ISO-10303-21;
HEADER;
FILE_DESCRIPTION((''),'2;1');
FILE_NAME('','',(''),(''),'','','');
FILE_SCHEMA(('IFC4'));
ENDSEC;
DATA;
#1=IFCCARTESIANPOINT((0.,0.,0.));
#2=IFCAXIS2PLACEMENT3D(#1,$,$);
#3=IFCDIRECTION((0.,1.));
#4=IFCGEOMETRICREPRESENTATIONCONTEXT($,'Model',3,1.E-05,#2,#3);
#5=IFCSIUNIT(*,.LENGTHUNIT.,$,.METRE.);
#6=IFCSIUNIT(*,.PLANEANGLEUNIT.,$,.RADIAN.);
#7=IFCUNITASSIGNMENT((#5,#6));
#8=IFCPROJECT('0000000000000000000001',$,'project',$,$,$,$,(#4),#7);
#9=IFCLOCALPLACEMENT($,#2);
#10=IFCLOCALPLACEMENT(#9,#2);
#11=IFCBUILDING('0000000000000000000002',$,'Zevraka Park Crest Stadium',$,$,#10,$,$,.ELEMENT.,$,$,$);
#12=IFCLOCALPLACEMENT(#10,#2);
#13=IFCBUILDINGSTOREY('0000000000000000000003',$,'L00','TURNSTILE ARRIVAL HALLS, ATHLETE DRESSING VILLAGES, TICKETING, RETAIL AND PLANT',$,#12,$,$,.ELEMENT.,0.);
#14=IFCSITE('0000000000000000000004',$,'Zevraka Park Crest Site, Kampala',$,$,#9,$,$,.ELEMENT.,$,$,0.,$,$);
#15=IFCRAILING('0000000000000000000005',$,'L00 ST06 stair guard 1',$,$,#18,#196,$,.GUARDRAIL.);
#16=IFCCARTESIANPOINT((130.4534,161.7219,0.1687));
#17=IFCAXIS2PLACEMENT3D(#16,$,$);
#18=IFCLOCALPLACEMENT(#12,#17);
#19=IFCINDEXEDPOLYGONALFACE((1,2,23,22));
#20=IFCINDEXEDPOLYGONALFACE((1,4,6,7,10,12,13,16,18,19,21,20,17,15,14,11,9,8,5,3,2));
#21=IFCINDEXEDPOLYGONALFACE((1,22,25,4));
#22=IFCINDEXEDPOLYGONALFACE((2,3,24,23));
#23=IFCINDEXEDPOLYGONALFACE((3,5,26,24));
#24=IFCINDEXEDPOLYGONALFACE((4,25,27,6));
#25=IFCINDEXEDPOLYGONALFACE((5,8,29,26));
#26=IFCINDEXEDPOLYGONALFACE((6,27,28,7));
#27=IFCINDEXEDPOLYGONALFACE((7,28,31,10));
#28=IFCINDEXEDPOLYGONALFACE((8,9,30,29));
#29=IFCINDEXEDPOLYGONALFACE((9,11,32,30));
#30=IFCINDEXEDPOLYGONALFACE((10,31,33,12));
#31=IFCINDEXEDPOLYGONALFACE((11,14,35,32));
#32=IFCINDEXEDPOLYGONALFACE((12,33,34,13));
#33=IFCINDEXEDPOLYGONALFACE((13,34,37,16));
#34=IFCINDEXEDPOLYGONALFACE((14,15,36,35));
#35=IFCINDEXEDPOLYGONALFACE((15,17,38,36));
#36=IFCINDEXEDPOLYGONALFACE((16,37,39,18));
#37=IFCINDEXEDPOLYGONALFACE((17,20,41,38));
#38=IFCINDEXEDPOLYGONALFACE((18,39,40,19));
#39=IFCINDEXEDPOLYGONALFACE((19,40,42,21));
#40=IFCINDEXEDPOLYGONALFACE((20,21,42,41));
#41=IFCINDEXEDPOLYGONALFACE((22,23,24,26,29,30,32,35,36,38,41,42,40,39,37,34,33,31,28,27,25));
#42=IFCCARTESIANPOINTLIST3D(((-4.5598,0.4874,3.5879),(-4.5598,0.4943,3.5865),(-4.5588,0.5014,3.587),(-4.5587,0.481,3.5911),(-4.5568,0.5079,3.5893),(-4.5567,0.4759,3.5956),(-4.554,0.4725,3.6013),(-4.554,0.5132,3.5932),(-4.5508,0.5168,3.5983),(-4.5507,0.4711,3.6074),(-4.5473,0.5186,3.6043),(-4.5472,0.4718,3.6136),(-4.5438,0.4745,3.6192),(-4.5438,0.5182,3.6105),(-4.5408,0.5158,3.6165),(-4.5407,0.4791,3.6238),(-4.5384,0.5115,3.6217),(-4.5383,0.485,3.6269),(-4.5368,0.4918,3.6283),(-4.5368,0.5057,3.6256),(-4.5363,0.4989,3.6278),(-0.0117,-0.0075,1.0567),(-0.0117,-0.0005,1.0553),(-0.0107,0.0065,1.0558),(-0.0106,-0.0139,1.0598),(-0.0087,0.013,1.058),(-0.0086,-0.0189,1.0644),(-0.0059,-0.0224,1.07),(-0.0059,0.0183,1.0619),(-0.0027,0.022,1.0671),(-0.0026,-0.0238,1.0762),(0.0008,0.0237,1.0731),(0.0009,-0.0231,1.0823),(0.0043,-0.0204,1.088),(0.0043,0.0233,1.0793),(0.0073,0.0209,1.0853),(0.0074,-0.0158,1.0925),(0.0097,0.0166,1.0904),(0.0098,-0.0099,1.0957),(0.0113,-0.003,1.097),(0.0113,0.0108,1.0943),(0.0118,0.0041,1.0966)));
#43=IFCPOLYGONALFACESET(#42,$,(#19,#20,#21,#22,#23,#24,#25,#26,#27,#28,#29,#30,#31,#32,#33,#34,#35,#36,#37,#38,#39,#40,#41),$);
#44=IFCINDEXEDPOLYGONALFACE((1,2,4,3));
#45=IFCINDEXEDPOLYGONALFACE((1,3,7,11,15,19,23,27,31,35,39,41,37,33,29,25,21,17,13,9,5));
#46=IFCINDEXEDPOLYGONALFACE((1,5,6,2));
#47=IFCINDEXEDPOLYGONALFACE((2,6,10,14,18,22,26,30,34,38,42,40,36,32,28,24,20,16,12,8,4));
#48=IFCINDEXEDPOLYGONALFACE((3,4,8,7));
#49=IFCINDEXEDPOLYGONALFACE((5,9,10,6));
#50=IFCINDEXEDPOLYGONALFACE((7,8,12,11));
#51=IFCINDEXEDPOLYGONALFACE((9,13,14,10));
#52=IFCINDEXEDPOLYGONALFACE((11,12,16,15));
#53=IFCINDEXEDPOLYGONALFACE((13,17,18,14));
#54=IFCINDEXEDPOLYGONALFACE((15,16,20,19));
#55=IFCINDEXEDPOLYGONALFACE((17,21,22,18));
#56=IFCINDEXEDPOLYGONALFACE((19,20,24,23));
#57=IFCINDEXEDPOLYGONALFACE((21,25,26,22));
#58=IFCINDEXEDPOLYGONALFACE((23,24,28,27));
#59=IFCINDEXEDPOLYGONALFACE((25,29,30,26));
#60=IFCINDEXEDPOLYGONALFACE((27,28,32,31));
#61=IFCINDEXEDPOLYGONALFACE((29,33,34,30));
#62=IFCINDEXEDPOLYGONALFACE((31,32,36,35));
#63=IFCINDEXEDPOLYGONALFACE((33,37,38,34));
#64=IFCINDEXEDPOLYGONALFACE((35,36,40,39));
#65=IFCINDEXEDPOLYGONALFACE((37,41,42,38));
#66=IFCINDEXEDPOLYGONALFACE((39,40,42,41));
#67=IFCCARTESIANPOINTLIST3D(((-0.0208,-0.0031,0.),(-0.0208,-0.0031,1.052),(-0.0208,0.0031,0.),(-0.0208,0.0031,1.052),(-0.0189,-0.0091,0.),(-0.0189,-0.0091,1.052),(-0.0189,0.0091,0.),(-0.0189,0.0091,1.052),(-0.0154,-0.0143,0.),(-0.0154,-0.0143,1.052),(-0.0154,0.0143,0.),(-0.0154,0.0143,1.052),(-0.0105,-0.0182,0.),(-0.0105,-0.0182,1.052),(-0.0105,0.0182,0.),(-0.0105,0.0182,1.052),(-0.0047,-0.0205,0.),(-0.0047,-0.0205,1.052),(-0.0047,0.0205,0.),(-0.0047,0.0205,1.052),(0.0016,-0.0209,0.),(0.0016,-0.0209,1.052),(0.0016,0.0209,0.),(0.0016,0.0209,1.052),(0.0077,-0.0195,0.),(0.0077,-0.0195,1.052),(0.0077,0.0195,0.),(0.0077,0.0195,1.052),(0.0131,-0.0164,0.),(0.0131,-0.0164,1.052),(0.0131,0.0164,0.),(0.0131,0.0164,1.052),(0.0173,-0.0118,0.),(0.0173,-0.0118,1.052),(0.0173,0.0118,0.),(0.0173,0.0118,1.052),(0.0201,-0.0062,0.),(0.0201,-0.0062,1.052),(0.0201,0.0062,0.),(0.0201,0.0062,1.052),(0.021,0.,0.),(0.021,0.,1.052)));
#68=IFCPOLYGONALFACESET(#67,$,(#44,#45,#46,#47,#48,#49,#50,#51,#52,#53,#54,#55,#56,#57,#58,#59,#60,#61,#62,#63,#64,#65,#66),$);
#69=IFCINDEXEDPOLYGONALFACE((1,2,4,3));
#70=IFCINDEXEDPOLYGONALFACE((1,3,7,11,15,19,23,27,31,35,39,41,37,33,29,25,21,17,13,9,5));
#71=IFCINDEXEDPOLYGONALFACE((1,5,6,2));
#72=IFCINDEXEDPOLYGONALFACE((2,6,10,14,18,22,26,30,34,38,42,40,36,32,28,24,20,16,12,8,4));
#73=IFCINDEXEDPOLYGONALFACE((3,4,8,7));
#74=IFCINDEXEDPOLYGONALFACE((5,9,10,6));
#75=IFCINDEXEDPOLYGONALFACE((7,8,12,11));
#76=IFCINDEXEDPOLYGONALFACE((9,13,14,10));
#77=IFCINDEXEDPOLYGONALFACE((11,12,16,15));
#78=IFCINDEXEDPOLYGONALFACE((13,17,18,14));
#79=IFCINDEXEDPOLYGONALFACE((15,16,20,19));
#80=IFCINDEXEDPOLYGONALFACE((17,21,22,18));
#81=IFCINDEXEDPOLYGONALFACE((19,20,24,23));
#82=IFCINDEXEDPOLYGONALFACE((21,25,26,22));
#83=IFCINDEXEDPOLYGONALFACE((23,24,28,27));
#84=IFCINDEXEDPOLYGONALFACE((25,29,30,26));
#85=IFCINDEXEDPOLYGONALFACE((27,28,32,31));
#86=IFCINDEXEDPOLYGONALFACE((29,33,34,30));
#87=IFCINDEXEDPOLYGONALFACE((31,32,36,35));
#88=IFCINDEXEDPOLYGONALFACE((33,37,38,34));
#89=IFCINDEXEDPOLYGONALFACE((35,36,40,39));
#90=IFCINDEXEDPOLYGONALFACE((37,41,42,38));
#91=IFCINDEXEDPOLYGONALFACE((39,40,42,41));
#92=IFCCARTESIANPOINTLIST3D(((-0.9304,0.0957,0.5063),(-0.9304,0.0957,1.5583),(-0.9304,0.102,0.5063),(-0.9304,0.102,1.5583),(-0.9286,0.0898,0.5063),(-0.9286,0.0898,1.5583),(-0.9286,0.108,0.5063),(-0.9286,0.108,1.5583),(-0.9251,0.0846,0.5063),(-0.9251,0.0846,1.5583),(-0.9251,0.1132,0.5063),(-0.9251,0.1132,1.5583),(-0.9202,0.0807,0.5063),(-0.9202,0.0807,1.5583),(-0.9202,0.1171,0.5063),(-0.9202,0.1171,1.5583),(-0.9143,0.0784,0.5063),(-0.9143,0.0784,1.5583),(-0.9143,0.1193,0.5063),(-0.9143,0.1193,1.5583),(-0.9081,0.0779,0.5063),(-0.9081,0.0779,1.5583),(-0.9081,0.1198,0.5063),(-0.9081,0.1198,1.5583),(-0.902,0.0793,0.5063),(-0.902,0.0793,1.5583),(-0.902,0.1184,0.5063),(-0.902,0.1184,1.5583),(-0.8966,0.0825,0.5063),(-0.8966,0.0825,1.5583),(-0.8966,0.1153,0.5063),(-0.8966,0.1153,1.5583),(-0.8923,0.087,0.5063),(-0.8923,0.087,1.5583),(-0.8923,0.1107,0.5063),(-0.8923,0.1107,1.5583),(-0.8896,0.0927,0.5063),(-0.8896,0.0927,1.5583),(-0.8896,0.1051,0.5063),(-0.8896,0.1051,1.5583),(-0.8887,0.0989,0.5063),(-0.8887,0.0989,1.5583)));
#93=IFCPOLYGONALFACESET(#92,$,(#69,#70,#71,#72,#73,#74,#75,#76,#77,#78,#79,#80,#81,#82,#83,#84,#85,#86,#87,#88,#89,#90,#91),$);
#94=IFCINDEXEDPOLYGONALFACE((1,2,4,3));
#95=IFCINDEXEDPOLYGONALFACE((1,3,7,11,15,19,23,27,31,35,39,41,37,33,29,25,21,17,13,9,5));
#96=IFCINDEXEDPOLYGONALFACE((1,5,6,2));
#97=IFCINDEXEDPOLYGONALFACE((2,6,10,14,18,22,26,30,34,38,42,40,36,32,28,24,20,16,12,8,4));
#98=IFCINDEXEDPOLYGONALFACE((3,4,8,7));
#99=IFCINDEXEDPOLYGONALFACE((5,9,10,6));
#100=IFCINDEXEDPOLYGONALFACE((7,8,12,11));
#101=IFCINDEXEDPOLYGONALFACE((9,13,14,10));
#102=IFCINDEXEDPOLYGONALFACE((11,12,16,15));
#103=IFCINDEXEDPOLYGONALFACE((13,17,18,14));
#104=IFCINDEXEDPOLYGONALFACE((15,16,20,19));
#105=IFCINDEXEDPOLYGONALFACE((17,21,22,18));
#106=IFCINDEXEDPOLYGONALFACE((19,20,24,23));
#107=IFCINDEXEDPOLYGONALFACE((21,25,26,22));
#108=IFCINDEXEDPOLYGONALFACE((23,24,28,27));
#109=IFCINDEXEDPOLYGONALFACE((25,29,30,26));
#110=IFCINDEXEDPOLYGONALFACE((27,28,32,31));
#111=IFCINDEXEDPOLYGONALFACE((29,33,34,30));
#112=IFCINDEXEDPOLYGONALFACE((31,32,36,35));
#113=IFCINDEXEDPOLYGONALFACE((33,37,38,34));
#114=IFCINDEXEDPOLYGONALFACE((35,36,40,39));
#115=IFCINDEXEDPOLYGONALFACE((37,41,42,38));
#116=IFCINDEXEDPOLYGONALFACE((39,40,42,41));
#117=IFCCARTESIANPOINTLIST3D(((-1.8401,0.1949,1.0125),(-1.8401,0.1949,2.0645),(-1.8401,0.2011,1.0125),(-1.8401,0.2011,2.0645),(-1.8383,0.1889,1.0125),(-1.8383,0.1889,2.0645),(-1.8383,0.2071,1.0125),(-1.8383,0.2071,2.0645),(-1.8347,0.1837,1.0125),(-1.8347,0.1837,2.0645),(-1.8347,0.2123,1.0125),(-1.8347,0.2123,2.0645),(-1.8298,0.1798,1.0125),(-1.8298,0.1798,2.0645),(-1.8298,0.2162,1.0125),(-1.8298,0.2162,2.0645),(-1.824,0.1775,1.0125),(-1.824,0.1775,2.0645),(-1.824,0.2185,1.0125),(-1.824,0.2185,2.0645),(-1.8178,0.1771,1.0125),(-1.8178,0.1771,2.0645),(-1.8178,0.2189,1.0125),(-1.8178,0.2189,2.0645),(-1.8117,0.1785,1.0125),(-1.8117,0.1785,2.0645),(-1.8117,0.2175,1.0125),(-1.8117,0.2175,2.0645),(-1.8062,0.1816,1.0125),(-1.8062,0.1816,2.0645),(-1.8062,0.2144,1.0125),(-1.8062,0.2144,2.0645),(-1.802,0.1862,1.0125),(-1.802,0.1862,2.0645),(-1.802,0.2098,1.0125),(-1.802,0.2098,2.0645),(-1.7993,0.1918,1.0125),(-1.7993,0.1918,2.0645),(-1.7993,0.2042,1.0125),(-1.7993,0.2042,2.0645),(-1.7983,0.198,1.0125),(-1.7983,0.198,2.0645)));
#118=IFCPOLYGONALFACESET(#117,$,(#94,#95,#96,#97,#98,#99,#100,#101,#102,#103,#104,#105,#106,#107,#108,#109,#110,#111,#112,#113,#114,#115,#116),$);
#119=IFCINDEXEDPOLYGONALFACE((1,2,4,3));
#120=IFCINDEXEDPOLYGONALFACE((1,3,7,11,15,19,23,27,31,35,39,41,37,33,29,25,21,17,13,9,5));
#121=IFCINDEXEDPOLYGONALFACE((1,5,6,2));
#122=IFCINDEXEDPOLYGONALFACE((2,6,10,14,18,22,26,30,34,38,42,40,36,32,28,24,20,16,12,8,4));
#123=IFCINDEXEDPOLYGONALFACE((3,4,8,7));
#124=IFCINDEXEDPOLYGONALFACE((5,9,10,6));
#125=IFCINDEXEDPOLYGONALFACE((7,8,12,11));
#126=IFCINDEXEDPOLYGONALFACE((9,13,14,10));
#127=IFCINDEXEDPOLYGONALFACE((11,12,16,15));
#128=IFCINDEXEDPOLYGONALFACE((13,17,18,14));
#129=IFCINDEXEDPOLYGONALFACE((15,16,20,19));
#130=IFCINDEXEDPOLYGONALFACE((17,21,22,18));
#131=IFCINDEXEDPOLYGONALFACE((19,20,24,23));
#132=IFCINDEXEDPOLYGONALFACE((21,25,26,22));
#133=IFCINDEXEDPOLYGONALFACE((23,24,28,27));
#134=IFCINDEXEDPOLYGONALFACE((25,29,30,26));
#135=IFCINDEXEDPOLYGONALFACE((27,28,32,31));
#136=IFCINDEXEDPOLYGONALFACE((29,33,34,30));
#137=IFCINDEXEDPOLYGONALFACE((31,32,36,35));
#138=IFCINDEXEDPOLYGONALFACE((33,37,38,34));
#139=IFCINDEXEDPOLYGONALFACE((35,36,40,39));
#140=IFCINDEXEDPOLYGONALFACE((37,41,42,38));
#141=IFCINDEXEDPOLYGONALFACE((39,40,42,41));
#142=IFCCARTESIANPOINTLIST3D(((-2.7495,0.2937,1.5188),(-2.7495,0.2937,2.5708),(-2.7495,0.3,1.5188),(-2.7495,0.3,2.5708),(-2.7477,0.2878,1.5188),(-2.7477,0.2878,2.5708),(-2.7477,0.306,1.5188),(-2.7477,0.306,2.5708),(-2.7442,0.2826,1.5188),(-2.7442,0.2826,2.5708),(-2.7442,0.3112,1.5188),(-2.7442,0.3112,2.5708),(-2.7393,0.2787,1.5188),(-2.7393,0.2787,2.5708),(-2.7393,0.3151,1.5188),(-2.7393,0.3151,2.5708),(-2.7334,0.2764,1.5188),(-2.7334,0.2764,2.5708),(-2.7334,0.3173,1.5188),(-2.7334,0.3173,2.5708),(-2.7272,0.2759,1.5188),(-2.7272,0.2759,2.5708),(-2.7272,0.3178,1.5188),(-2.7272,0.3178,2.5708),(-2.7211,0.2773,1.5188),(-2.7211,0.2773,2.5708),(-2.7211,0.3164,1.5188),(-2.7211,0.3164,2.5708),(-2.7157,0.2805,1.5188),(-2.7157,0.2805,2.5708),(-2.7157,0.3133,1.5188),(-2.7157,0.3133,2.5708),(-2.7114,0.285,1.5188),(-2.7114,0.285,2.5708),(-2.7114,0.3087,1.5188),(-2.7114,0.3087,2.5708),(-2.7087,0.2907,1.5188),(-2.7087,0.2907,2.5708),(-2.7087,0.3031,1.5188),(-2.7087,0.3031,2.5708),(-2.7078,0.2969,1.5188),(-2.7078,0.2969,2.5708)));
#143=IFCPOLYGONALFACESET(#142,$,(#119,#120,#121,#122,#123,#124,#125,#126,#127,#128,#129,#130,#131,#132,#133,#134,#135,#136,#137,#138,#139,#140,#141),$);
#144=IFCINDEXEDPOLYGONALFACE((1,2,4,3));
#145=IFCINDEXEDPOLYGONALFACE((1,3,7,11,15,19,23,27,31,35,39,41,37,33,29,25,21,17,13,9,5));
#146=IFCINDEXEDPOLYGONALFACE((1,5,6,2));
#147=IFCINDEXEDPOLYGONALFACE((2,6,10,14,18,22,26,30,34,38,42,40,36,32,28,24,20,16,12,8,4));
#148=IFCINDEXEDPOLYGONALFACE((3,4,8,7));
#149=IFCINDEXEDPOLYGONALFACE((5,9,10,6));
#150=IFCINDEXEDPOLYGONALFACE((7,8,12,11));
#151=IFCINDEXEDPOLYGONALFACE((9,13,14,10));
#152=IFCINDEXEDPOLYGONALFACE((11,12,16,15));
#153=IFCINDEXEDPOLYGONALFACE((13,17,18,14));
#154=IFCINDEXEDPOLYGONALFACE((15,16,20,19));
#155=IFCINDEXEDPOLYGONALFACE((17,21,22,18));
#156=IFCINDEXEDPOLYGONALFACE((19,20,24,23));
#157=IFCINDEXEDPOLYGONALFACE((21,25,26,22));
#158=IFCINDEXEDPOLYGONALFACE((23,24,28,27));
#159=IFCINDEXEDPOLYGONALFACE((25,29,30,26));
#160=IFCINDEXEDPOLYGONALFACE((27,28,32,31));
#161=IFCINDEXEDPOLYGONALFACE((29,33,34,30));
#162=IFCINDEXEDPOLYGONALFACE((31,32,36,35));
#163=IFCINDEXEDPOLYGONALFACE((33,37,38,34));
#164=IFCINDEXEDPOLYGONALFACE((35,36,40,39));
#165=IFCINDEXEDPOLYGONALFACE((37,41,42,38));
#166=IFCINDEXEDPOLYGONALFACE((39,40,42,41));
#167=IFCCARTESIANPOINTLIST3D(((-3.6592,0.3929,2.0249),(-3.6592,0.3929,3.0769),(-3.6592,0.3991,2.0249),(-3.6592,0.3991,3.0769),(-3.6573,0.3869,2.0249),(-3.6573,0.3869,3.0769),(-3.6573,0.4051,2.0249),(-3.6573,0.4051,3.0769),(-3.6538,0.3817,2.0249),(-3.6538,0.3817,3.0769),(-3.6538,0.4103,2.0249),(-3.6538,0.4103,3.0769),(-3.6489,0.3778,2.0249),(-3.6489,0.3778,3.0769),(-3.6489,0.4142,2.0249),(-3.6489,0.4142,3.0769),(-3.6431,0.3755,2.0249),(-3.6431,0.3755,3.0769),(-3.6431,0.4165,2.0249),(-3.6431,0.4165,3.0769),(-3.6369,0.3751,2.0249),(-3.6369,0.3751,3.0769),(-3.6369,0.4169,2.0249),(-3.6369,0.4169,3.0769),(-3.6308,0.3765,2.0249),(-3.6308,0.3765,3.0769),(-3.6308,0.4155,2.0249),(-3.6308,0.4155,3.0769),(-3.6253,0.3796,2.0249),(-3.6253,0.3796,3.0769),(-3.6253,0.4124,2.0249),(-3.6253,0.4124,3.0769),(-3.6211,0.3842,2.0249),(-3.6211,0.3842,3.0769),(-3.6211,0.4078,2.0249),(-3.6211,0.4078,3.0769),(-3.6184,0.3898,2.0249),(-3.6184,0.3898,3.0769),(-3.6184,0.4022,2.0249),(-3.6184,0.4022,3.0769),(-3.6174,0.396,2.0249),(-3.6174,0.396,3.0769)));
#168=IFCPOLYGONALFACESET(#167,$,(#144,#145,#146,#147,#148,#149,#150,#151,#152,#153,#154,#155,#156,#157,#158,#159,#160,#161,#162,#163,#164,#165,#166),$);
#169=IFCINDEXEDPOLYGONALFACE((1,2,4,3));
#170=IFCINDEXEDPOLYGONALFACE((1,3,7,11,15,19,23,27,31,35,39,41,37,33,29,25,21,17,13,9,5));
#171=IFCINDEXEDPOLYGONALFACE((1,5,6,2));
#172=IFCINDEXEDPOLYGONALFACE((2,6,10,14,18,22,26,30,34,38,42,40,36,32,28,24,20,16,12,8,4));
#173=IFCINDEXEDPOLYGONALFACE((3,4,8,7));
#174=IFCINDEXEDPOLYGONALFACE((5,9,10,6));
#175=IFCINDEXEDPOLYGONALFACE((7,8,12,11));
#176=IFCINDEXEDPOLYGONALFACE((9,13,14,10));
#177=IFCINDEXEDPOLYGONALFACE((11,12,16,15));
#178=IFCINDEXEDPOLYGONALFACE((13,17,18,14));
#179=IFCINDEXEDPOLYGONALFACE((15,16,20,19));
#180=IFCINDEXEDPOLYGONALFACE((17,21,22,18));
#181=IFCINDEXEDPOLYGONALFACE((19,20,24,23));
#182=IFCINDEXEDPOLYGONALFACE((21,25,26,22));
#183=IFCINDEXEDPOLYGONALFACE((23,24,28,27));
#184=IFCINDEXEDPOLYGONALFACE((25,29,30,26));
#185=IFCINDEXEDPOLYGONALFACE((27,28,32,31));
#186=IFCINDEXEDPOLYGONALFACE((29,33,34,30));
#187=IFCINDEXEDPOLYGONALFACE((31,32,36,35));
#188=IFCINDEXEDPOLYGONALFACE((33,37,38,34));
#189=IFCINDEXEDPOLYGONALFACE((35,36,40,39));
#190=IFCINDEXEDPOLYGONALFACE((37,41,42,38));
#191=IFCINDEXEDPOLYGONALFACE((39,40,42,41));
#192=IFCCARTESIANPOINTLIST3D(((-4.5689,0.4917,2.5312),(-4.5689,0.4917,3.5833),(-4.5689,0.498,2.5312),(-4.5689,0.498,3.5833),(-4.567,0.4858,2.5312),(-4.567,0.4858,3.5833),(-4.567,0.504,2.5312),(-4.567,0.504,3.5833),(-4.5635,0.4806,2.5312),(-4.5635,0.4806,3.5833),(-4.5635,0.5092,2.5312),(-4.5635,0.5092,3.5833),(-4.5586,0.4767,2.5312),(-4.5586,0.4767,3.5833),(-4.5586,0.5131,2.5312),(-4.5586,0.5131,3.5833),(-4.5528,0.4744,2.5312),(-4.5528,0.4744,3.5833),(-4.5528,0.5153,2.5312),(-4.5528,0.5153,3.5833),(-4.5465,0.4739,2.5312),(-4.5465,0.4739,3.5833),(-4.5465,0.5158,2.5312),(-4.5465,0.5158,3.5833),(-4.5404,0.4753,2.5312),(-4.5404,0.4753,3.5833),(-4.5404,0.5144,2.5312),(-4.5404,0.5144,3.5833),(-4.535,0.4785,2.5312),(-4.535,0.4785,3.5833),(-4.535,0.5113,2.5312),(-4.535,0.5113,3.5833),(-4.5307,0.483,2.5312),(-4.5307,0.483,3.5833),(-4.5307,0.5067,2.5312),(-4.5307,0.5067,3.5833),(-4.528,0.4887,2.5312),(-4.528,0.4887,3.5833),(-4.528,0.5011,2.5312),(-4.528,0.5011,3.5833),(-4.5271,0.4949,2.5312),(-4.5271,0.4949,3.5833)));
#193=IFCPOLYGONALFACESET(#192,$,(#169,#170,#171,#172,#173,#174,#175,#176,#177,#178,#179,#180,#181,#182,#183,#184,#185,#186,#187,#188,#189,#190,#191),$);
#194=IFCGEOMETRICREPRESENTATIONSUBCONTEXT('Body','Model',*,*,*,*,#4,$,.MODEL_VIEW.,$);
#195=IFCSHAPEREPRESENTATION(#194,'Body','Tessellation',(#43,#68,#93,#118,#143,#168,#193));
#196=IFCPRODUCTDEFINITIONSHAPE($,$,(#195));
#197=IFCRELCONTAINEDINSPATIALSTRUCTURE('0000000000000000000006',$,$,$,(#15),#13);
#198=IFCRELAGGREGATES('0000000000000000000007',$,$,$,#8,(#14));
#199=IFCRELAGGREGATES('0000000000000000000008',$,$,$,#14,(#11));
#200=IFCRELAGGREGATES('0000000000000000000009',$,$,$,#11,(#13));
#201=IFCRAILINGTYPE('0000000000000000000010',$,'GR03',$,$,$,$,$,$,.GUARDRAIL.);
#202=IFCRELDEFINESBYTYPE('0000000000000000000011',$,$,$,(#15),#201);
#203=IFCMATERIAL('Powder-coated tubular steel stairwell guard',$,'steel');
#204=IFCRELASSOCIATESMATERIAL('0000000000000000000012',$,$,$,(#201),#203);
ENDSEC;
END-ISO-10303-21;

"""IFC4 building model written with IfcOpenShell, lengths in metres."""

from ifc_helpers import new_model, si_unit, direction, frame, origin, origin_2d, place, context, subcontext, project, spatial, circle, extrude, material, type_object, element, save


model = new_model("IFC4")

# Units and contexts
model_context = context("Model", 3, precision=1e-05, world=origin(), true_north=direction((0.0, 1.0)))
body_context = subcontext(model_context, "Body", "Model", "MODEL_VIEW")
ifc_project = project(units=[si_unit("LENGTHUNIT", "METRE"), si_unit("PLANEANGLEUNIT", "RADIAN")], contexts=[model_context])

# Site, building, storey
site_placement = place(None, origin())
site = spatial("IfcSite", under=ifc_project, at=site_placement, Name="Zevraka Park Crest Site, Kampala", CompositionType="ELEMENT", RefElevation=0.0)
building_placement = place(site_placement, origin())
building = spatial("IfcBuilding", under=site, at=building_placement, Name="Zevraka Park Crest Stadium", CompositionType="ELEMENT")
storey_placement = place(building_placement, origin())
storey = spatial("IfcBuildingStorey", under=building, at=storey_placement, Name="L00", Description="TURNSTILE ARRIVAL HALLS, ATHLETE DRESSING VILLAGES, TICKETING, RETAIL AND PLANT", CompositionType="ELEMENT", Elevation=0.0)

# Railing
ifc_material_1 = material(Name="Powder-coated tubular steel stairwell guard", Category="steel")
railing_type_1 = type_object("IfcRailingType", Name="GR03", PredefinedType="GUARDRAIL", material=ifc_material_1)
railing_1_placement = place(storey_placement, frame((130.4534, 161.7219, 0.1687)))
element("IfcRailing", 1, at=railing_1_placement, inside=storey, type_object=railing_type_1, Name="L00 ST06 stair guard 1", PredefinedType="GUARDRAIL", context=body_context, shape_type="SweptSolid", body=[
    extrude(circle(Radius=0.0239, at=origin_2d()), frame((0.0, 0.0, 1.0762), z_axis=(-0.869865, 0.094649, 0.484125), x_axis=(-0.10817, -0.994132, 0.0)), (0.0, 0.0, 1.0), 5.2285),
    extrude(circle(Radius=0.021, at=origin_2d()), origin(), (0.0, 0.0, 1.0), 1.052),
    extrude(circle(Radius=0.021, at=origin_2d()), frame((-0.9097, 0.0989, 0.5063)), (0.0, 0.0, 1.0), 1.052),
    extrude(circle(Radius=0.021, at=origin_2d()), frame((-1.8193, 0.198, 1.0125)), (0.0, 0.0, 1.0), 1.052),
    extrude(circle(Radius=0.021, at=origin_2d()), frame((-2.7288, 0.2969, 1.5188)), (0.0, 0.0, 1.0), 1.052),
    extrude(circle(Radius=0.021, at=origin_2d()), frame((-3.6384, 0.396, 2.0249)), (0.0, 0.0, 1.0), 1.052),
    extrude(circle(Radius=0.021, at=origin_2d()), frame((-4.5481, 0.4949, 2.5312)), (0.0, 0.0, 1.0), 1.052),
])

save(model, "model.ifc")
